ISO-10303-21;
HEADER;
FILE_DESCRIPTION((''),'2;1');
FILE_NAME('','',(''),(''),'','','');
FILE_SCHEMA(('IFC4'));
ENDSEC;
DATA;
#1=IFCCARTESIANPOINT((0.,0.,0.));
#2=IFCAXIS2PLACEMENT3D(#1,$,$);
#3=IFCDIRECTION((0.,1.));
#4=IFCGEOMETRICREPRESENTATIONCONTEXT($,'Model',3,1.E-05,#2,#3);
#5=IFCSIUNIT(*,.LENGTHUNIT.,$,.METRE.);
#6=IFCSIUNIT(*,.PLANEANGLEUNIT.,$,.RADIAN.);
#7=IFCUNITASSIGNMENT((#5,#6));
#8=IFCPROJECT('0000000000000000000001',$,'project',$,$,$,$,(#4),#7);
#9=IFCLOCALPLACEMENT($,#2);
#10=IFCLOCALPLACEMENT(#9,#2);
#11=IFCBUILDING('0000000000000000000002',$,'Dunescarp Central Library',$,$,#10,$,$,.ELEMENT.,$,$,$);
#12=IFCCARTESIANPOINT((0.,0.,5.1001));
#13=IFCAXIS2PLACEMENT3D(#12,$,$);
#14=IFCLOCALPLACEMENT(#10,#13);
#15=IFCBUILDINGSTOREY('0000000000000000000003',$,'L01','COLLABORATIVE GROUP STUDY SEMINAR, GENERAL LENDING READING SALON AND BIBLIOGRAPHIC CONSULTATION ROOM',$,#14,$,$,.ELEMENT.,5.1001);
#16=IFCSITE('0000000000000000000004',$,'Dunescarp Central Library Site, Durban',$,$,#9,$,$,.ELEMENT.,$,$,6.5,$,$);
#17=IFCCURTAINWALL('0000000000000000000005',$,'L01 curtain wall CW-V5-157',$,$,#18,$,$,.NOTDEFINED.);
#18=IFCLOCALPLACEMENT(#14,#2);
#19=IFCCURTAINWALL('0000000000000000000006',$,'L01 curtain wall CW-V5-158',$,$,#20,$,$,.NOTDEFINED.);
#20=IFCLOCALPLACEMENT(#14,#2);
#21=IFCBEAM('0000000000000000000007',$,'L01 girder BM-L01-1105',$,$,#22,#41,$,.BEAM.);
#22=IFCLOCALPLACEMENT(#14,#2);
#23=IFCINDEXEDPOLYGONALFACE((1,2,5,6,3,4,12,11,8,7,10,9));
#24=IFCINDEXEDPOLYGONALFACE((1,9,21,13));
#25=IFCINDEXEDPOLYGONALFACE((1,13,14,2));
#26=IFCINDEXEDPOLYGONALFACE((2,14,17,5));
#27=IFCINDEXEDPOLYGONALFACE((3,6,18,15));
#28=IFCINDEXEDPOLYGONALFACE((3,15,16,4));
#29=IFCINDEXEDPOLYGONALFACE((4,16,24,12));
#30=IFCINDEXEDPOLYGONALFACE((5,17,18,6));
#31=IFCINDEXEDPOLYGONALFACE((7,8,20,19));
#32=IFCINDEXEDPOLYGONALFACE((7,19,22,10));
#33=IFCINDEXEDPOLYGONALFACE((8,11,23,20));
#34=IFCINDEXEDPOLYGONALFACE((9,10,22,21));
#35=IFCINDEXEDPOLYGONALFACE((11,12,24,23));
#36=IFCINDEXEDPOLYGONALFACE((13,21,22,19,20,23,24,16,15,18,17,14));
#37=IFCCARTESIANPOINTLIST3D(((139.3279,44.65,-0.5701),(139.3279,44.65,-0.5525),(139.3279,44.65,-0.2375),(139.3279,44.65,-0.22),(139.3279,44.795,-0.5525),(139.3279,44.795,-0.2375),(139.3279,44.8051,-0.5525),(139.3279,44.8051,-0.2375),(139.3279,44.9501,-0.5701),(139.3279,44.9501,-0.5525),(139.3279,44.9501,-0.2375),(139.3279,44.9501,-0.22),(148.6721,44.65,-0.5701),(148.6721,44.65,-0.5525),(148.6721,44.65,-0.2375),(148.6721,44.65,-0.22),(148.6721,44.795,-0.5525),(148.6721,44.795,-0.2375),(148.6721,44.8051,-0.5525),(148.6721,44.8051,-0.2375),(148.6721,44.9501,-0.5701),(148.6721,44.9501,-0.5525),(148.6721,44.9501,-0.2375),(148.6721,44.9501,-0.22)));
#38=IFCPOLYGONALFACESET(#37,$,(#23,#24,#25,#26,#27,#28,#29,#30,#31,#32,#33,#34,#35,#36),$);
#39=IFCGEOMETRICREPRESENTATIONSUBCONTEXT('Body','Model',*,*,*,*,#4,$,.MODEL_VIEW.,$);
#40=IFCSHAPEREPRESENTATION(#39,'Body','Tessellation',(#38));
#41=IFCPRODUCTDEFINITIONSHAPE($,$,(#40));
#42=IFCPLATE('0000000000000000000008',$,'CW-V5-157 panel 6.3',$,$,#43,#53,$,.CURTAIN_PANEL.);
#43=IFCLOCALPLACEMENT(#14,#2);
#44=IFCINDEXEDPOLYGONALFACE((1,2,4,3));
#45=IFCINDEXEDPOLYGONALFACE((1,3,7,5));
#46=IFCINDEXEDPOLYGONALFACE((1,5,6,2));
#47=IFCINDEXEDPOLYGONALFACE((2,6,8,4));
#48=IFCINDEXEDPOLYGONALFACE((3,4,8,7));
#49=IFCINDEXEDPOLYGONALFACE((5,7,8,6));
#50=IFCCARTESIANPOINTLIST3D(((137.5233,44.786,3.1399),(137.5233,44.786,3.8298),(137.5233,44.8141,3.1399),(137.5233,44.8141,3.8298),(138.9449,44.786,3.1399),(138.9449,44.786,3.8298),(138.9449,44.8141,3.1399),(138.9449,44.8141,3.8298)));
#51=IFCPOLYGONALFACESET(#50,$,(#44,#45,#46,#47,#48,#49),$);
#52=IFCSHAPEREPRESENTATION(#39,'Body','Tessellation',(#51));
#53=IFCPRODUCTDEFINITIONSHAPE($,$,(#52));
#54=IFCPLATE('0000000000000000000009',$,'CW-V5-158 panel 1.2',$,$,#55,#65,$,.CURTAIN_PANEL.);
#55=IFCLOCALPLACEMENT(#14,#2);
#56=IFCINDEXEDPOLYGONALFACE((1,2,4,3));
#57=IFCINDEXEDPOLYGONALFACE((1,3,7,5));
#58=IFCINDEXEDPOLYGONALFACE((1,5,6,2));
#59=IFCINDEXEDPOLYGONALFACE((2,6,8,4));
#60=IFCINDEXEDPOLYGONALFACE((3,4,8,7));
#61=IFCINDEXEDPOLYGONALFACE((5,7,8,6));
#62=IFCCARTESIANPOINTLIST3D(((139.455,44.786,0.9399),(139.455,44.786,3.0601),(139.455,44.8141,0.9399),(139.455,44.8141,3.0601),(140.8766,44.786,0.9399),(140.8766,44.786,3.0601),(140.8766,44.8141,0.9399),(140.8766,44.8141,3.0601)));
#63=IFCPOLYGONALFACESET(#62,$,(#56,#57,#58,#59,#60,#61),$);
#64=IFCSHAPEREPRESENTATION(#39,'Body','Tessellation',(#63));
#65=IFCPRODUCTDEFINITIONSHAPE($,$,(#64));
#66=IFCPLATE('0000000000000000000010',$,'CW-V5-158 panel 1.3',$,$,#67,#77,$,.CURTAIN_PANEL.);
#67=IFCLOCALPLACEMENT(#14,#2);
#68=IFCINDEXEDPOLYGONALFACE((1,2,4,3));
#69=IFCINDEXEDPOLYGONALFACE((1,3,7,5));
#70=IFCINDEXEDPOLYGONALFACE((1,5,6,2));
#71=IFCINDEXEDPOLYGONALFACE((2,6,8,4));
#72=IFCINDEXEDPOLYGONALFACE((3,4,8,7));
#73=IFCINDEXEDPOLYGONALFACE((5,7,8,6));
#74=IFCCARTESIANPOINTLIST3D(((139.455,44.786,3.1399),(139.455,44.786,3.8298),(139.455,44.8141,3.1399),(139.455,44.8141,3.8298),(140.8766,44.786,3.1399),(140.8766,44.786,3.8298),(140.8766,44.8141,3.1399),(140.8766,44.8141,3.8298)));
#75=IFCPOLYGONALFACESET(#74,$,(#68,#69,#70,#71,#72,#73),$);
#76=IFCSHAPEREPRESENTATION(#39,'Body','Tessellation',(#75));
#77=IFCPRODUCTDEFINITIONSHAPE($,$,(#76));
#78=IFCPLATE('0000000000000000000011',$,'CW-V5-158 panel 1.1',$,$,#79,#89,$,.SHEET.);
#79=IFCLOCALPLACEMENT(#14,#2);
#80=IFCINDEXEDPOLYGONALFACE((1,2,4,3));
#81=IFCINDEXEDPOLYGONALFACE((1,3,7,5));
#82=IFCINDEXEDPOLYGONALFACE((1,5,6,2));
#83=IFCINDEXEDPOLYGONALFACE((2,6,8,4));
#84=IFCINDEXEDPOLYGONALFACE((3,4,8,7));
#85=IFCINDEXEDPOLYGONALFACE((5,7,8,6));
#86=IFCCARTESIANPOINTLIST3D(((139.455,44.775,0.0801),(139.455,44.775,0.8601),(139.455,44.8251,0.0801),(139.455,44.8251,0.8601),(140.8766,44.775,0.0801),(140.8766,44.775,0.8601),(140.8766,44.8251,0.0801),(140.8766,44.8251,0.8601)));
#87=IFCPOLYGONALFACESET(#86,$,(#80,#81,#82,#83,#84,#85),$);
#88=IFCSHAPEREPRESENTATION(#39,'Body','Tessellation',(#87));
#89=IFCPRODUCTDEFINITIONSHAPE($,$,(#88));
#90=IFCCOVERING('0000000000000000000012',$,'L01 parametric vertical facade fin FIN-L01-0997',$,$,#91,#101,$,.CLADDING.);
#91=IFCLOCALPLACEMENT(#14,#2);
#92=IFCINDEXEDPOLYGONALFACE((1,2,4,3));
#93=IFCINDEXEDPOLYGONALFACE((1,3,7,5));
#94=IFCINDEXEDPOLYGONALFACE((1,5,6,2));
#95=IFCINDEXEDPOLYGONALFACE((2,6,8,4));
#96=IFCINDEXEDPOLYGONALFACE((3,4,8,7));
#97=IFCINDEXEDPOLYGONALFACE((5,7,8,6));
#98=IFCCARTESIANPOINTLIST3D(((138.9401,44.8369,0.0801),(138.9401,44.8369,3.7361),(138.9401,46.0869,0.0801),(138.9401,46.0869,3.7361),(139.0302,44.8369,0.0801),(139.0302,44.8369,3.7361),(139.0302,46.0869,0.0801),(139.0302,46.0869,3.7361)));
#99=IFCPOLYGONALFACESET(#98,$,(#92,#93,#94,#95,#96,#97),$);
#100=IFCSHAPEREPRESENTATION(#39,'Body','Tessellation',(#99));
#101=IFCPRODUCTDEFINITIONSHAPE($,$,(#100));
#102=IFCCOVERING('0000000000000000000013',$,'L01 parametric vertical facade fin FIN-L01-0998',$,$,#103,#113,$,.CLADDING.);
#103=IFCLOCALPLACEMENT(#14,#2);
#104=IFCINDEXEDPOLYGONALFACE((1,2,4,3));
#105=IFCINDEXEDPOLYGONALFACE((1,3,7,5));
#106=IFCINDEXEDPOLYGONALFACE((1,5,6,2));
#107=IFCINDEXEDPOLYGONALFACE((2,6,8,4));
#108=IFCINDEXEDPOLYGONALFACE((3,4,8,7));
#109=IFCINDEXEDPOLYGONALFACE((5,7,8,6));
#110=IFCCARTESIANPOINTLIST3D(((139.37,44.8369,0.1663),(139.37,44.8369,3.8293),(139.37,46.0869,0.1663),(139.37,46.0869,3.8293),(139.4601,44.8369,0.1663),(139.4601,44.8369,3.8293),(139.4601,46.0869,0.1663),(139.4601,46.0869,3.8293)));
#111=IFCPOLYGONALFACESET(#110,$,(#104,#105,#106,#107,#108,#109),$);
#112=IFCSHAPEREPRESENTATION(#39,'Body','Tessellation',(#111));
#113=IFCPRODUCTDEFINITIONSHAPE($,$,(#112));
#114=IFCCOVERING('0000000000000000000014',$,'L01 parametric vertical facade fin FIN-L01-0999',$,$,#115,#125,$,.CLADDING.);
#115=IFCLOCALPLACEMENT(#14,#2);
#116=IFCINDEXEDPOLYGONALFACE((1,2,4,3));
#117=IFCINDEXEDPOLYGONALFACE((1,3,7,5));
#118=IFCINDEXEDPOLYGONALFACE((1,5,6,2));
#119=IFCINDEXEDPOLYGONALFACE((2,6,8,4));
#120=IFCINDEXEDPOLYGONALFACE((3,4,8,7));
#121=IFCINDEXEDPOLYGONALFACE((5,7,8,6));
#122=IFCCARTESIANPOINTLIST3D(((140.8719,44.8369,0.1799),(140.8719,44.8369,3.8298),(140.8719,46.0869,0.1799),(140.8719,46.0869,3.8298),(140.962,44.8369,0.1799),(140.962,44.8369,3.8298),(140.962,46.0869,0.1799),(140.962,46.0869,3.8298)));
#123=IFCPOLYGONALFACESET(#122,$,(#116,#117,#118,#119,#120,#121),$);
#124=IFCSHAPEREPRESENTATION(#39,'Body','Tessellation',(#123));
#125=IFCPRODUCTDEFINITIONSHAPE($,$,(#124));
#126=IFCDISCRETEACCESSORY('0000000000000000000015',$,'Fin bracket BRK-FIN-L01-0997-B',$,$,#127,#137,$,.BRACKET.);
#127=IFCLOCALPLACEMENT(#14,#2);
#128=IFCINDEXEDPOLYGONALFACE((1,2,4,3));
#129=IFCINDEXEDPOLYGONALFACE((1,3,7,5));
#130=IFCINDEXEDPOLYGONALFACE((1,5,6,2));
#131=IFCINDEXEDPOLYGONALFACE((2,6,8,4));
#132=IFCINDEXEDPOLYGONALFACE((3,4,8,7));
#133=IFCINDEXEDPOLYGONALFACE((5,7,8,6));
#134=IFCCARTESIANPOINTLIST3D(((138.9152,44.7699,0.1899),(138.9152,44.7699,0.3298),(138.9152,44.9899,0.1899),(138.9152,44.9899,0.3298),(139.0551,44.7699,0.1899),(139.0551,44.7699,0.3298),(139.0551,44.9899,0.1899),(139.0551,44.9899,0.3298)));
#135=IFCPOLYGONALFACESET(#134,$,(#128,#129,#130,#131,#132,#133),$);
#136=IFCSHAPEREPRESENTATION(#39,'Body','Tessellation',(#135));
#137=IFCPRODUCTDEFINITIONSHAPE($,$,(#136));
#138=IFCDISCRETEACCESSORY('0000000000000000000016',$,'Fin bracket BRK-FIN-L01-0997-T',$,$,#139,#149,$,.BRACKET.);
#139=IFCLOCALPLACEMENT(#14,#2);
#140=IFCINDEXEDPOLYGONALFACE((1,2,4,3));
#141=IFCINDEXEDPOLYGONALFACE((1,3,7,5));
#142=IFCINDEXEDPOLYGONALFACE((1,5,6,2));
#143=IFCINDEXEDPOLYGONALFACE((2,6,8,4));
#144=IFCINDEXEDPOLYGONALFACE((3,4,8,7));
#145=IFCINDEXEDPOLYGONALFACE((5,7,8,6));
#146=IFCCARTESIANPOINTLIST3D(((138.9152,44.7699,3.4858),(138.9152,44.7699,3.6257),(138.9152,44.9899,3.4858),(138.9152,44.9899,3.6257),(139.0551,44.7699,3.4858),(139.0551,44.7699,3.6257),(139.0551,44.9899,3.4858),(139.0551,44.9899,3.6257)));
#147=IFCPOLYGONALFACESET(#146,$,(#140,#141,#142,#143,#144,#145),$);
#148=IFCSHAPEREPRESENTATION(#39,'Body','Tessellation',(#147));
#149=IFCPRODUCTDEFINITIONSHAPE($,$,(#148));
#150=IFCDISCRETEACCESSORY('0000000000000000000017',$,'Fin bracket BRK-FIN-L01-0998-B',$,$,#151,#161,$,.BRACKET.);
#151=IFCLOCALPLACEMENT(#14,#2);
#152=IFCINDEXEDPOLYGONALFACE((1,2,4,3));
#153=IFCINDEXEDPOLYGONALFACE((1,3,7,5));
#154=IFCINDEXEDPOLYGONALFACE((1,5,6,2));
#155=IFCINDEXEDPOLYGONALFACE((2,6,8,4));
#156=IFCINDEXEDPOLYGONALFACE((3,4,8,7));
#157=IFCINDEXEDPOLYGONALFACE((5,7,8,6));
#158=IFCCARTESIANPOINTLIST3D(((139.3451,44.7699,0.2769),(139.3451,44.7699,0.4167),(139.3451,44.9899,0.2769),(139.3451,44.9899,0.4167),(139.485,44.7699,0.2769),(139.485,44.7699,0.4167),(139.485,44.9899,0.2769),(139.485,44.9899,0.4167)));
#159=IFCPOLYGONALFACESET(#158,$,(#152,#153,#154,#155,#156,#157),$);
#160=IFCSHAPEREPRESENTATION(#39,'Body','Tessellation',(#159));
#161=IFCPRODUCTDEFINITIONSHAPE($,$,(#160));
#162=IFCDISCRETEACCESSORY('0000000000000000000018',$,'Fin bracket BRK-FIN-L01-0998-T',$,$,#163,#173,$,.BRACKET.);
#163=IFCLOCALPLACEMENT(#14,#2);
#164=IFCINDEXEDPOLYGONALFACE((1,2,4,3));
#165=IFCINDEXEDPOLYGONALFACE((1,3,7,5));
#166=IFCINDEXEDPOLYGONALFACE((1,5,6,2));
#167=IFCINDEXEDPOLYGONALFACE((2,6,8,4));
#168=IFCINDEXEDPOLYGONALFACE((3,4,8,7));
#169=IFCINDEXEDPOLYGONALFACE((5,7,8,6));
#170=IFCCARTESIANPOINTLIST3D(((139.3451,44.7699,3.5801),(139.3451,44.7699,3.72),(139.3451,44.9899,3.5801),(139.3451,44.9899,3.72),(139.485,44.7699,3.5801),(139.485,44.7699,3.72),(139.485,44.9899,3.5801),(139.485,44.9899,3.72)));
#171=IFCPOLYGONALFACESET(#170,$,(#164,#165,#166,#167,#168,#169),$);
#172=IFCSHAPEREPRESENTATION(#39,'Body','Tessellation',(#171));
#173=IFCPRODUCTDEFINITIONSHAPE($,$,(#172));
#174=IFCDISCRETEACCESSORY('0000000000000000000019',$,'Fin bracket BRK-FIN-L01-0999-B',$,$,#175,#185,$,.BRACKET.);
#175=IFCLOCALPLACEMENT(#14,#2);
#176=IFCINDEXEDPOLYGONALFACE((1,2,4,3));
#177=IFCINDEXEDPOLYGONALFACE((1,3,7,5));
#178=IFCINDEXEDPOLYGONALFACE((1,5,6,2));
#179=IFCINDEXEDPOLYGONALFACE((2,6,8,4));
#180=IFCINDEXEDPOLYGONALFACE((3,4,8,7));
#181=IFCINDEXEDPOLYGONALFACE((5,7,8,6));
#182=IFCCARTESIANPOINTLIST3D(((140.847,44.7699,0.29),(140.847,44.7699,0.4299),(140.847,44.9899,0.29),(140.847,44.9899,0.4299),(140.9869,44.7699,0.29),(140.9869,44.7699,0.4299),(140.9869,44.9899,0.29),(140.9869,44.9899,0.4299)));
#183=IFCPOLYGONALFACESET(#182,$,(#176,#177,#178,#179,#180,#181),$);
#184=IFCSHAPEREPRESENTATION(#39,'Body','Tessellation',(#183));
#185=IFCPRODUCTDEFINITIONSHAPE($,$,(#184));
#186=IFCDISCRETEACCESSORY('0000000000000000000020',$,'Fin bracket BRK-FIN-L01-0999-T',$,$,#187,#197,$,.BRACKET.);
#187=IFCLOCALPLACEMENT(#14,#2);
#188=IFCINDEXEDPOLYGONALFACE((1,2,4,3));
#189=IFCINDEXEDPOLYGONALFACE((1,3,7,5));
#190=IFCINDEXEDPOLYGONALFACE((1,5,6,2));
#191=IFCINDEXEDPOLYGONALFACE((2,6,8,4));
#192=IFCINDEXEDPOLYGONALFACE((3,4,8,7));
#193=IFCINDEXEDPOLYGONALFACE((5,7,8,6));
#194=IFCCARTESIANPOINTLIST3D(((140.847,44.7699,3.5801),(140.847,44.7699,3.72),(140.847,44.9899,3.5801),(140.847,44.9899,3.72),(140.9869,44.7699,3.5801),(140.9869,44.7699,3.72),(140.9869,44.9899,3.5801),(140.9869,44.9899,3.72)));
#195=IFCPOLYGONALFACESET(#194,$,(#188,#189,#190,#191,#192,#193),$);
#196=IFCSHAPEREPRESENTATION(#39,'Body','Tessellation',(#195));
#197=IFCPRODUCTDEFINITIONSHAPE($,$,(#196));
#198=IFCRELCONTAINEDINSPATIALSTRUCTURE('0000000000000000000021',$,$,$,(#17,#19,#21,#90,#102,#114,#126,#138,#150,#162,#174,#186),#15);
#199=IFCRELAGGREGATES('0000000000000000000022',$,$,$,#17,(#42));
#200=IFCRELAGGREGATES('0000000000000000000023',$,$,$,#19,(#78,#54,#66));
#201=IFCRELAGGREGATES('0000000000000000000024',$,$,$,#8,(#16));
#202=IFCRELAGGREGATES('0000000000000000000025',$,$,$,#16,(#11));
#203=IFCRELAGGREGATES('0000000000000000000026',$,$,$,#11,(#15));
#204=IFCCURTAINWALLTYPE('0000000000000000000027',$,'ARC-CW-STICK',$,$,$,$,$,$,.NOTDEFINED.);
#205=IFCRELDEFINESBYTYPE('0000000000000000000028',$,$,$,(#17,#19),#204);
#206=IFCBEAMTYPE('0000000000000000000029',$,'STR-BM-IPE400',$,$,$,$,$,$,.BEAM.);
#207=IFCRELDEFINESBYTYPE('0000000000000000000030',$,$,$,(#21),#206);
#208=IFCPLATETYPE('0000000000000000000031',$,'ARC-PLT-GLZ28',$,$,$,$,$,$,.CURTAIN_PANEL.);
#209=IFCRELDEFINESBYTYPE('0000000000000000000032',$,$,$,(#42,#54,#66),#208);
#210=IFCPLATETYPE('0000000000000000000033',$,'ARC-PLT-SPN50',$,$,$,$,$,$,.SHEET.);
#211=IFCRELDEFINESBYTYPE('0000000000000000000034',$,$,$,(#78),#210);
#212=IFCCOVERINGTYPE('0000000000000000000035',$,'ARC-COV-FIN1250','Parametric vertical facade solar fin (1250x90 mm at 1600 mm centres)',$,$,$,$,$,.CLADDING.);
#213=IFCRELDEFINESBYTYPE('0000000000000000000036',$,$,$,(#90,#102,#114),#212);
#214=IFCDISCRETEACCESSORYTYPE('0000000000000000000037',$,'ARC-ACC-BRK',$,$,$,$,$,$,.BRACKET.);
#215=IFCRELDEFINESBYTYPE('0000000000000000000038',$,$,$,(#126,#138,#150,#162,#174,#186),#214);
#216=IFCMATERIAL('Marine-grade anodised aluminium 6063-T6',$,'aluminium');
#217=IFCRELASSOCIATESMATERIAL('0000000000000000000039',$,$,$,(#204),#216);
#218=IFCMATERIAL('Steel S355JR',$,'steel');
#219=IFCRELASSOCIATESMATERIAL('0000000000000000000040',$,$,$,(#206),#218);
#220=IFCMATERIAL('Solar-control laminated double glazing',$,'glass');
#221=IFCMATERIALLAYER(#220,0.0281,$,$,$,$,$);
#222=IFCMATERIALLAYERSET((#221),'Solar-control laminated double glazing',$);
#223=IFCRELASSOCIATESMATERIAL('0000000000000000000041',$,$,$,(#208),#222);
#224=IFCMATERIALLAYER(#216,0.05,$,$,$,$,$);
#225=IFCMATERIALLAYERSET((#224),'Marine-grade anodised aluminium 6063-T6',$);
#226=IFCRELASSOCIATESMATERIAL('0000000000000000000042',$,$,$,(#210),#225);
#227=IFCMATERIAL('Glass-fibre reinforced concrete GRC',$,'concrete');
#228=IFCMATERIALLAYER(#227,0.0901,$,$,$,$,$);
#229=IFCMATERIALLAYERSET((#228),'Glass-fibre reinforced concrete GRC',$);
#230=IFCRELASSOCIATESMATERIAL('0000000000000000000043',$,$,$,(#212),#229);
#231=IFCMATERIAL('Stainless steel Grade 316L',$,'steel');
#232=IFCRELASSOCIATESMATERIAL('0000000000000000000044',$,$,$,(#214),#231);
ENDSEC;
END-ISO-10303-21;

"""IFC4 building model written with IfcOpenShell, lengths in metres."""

from ifc_helpers import new_model, si_unit, direction, frame, origin, origin_2d, place, context, subcontext, project, spatial, rectangle, i_section, extrude, material, layer, layer_set, material_profile, profile_set, type_object, element, aggregate, save


model = new_model("IFC4")

# Units and contexts
model_context = context("Model", 3, precision=1e-05, world=origin(), true_north=direction((0.0, 1.0)))
body_context = subcontext(model_context, "Body", "Model", "MODEL_VIEW")
ifc_project = project(units=[si_unit("LENGTHUNIT", "METRE"), si_unit("PLANEANGLEUNIT", "RADIAN")], contexts=[model_context])

# Site, building, storey
site_placement = place(None, origin())
site = spatial("IfcSite", under=ifc_project, at=site_placement, Name="Dunescarp Central Library Site, Durban", CompositionType="ELEMENT", RefElevation=6.5)
building_placement = place(site_placement, origin())
building = spatial("IfcBuilding", under=site, at=building_placement, Name="Dunescarp Central Library", CompositionType="ELEMENT")
storey_placement = place(building_placement, frame((0.0, 0.0, 5.1001)))
storey = spatial("IfcBuildingStorey", under=building, at=storey_placement, Name="L01", Description="COLLABORATIVE GROUP STUDY SEMINAR, GENERAL LENDING READING SALON AND BIBLIOGRAPHIC CONSULTATION ROOM", CompositionType="ELEMENT", Elevation=5.1001)

# Shared definitions
ifc_material_1 = material(Name="Steel S355JR", Category="steel")

# Curtain wall
ifc_material_2 = material(Name="Marine-grade anodised aluminium 6063-T6", Category="aluminium")
curtain_wall_type = type_object("IfcCurtainWallType", Name="ARC-CW-STICK", PredefinedType="NOTDEFINED", material=ifc_material_2)
curtain_wall_1_placement = place(storey_placement, origin())
curtain_wall_1 = element("IfcCurtainWall", 1, at=curtain_wall_1_placement, inside=storey, type_object=curtain_wall_type, Name="L01 curtain wall CW-V5-157", PredefinedType="NOTDEFINED")

# Curtain wall
curtain_wall_2_placement = place(storey_placement, origin())
curtain_wall_2 = element("IfcCurtainWall", 2, at=curtain_wall_2_placement, inside=storey, type_object=curtain_wall_type, Name="L01 curtain wall CW-V5-158", PredefinedType="NOTDEFINED")

# Beam
ifc_material_profile_1 = material_profile(ifc_material_1, i_section(OverallWidth=0.3, OverallDepth=0.3501, WebThickness=0.01, FlangeThickness=0.0176, at=origin_2d()), Name="HEA 360")
ifc_profile_set_1 = profile_set([ifc_material_profile_1], Name="Steel S355JR")
beam_type = type_object("IfcBeamType", Name="STR-BM-IPE400", PredefinedType="BEAM", material=ifc_profile_set_1)
beam_placement = place(storey_placement, frame((139.3279, 44.8, -0.395), z_axis=(1.0, 0.0, 0.0), x_axis=(0.0, 1.0, 0.0)))
element("IfcBeam", 3, at=beam_placement, inside=storey, type_object=beam_type, Name="L01 girder BM-L01-1105", PredefinedType="BEAM", context=body_context, shape_type="SweptSolid", body=[
    extrude(i_section(OverallWidth=0.3, OverallDepth=0.3501, WebThickness=0.01, FlangeThickness=0.0176, at=origin_2d()), origin(), (0.0, 0.0, 1.0), 9.3442),
])

# Plates
ifc_material_3 = material(Name="Solar-control laminated double glazing", Category="glass")
ifc_layer_1 = layer(ifc_material_3, 0.0281)
ifc_layer_set_1 = layer_set([ifc_layer_1], Name="Solar-control laminated double glazing")
plate_type_1 = type_object("IfcPlateType", Name="ARC-PLT-GLZ28", PredefinedType="CURTAIN_PANEL", material=ifc_layer_set_1)
plate_1_placement = place(storey_placement, frame((138.2341, 44.8, 3.1399), z_axis=(0.0, 0.0, 1.0), x_axis=(1.0, 0.0, 0.0)))
plate_1 = element("IfcPlate", 4, at=plate_1_placement, type_object=plate_type_1, Name="CW-V5-157 panel 6.3", PredefinedType="CURTAIN_PANEL", context=body_context, shape_type="SweptSolid", body=[
    extrude(rectangle(XDim=1.4216, YDim=0.0281, at=origin_2d()), origin(), (0.0, 0.0, 1.0), 0.6899),
])
aggregate(curtain_wall_1, [plate_1])
plate_2_placement = place(storey_placement, frame((140.1658, 44.8, 0.9399), z_axis=(0.0, 0.0, 1.0), x_axis=(1.0, 0.0, 0.0)))
plate_2 = element("IfcPlate", 5, at=plate_2_placement, type_object=plate_type_1, Name="CW-V5-158 panel 1.2", PredefinedType="CURTAIN_PANEL", context=body_context, shape_type="SweptSolid", body=[
    extrude(rectangle(XDim=1.4216, YDim=0.0281, at=origin_2d()), origin(), (0.0, 0.0, 1.0), 2.1201),
])
plate_3_placement = place(storey_placement, frame((140.1658, 44.8, 3.1399), z_axis=(0.0, 0.0, 1.0), x_axis=(1.0, 0.0, 0.0)))
plate_3 = element("IfcPlate", 6, at=plate_3_placement, type_object=plate_type_1, Name="CW-V5-158 panel 1.3", PredefinedType="CURTAIN_PANEL", context=body_context, shape_type="SweptSolid", body=[
    extrude(rectangle(XDim=1.4216, YDim=0.0281, at=origin_2d()), origin(), (0.0, 0.0, 1.0), 0.6899),
])
ifc_layer_2 = layer(ifc_material_2, 0.05)
ifc_layer_set_2 = layer_set([ifc_layer_2], Name="Marine-grade anodised aluminium 6063-T6")
plate_type_2 = type_object("IfcPlateType", Name="ARC-PLT-SPN50", PredefinedType="SHEET", material=ifc_layer_set_2)
plate_4_placement = place(storey_placement, frame((140.1658, 44.8, 0.0801), z_axis=(0.0, 0.0, 1.0), x_axis=(1.0, 0.0, 0.0)))
plate_4 = element("IfcPlate", 7, at=plate_4_placement, type_object=plate_type_2, Name="CW-V5-158 panel 1.1", PredefinedType="SHEET", context=body_context, shape_type="SweptSolid", body=[
    extrude(rectangle(XDim=1.4216, YDim=0.05, at=origin_2d()), origin(), (0.0, 0.0, 1.0), 0.78),
])
aggregate(curtain_wall_2, [plate_4, plate_2, plate_3])

# Coverings
ifc_material_4 = material(Name="Glass-fibre reinforced concrete GRC", Category="concrete")
ifc_layer_3 = layer(ifc_material_4, 0.0901)
ifc_layer_set_3 = layer_set([ifc_layer_3], Name="Glass-fibre reinforced concrete GRC")
covering_type = type_object("IfcCoveringType", Name="ARC-COV-FIN1250", Description="Parametric vertical facade solar fin (1250x90 mm at 1600 mm centres)", PredefinedType="CLADDING", material=ifc_layer_set_3)
covering_1_placement = place(storey_placement, frame((138.9851, 45.4619, 0.0801), z_axis=(0.0, 0.0, 1.0), x_axis=(0.0, 1.0, 0.0)))
element("IfcCovering", 8, at=covering_1_placement, inside=storey, type_object=covering_type, Name="L01 parametric vertical facade fin FIN-L01-0997", PredefinedType="CLADDING", context=body_context, shape_type="SweptSolid", body=[
    extrude(rectangle(XDim=1.25, YDim=0.0901, at=origin_2d()), origin(), (0.0, 0.0, 1.0), 3.656),
])
covering_2_placement = place(storey_placement, frame((139.415, 45.4619, 0.1663), z_axis=(0.0, 0.0, 1.0), x_axis=(0.0, 1.0, 0.0)))
element("IfcCovering", 9, at=covering_2_placement, inside=storey, type_object=covering_type, Name="L01 parametric vertical facade fin FIN-L01-0998", PredefinedType="CLADDING", context=body_context, shape_type="SweptSolid", body=[
    extrude(rectangle(XDim=1.25, YDim=0.0901, at=origin_2d()), origin(), (0.0, 0.0, 1.0), 3.6631),
])
covering_3_placement = place(storey_placement, frame((140.917, 45.4619, 0.1799), z_axis=(0.0, 0.0, 1.0), x_axis=(0.0, 1.0, 0.0)))
element("IfcCovering", 10, at=covering_3_placement, inside=storey, type_object=covering_type, Name="L01 parametric vertical facade fin FIN-L01-0999", PredefinedType="CLADDING", context=body_context, shape_type="SweptSolid", body=[
    extrude(rectangle(XDim=1.25, YDim=0.0901, at=origin_2d()), origin(), (0.0, 0.0, 1.0), 3.6499),
])

# Discrete accessories
ifc_material_5 = material(Name="Stainless steel Grade 316L", Category="steel")
discrete_accessory_type = type_object("IfcDiscreteAccessoryType", Name="ARC-ACC-BRK", PredefinedType="BRACKET", material=ifc_material_5)
for number, where, z_axis, x_axis, name in (
    (11, (138.9851, 44.8799, 0.1899), (0.0, 0.0, 1.0), (0.0, 1.0, 0.0), "Fin bracket BRK-FIN-L01-0997-B"),
    (12, (138.9851, 44.8799, 3.4858), (0.0, 0.0, 1.0), (0.0, 1.0, 0.0), "Fin bracket BRK-FIN-L01-0997-T"),
    (13, (139.415, 44.8799, 0.2769), (0.0, 0.0, 1.0), (0.0, 1.0, 0.0), "Fin bracket BRK-FIN-L01-0998-B"),
    (14, (139.415, 44.8799, 3.5801), (0.0, 0.0, 1.0), (0.0, 1.0, 0.0), "Fin bracket BRK-FIN-L01-0998-T"),
    (15, (140.917, 44.8799, 0.29), (0.0, 0.0, 1.0), (0.0, 1.0, 0.0), "Fin bracket BRK-FIN-L01-0999-B"),
    (16, (140.917, 44.8799, 3.5801), (0.0, 0.0, 1.0), (0.0, 1.0, 0.0), "Fin bracket BRK-FIN-L01-0999-T"),
):
    element("IfcDiscreteAccessory", number, at=place(storey_placement, frame(where, z_axis=z_axis, x_axis=x_axis)), inside=storey, type_object=discrete_accessory_type, Name=name, PredefinedType="BRACKET", context=body_context, shape_type="SweptSolid", body=[
        extrude(rectangle(XDim=0.22, YDim=0.1399, at=origin_2d()), origin(), (0.0, 0.0, 1.0), 0.1399),
    ])

save(model, "model.ifc")
